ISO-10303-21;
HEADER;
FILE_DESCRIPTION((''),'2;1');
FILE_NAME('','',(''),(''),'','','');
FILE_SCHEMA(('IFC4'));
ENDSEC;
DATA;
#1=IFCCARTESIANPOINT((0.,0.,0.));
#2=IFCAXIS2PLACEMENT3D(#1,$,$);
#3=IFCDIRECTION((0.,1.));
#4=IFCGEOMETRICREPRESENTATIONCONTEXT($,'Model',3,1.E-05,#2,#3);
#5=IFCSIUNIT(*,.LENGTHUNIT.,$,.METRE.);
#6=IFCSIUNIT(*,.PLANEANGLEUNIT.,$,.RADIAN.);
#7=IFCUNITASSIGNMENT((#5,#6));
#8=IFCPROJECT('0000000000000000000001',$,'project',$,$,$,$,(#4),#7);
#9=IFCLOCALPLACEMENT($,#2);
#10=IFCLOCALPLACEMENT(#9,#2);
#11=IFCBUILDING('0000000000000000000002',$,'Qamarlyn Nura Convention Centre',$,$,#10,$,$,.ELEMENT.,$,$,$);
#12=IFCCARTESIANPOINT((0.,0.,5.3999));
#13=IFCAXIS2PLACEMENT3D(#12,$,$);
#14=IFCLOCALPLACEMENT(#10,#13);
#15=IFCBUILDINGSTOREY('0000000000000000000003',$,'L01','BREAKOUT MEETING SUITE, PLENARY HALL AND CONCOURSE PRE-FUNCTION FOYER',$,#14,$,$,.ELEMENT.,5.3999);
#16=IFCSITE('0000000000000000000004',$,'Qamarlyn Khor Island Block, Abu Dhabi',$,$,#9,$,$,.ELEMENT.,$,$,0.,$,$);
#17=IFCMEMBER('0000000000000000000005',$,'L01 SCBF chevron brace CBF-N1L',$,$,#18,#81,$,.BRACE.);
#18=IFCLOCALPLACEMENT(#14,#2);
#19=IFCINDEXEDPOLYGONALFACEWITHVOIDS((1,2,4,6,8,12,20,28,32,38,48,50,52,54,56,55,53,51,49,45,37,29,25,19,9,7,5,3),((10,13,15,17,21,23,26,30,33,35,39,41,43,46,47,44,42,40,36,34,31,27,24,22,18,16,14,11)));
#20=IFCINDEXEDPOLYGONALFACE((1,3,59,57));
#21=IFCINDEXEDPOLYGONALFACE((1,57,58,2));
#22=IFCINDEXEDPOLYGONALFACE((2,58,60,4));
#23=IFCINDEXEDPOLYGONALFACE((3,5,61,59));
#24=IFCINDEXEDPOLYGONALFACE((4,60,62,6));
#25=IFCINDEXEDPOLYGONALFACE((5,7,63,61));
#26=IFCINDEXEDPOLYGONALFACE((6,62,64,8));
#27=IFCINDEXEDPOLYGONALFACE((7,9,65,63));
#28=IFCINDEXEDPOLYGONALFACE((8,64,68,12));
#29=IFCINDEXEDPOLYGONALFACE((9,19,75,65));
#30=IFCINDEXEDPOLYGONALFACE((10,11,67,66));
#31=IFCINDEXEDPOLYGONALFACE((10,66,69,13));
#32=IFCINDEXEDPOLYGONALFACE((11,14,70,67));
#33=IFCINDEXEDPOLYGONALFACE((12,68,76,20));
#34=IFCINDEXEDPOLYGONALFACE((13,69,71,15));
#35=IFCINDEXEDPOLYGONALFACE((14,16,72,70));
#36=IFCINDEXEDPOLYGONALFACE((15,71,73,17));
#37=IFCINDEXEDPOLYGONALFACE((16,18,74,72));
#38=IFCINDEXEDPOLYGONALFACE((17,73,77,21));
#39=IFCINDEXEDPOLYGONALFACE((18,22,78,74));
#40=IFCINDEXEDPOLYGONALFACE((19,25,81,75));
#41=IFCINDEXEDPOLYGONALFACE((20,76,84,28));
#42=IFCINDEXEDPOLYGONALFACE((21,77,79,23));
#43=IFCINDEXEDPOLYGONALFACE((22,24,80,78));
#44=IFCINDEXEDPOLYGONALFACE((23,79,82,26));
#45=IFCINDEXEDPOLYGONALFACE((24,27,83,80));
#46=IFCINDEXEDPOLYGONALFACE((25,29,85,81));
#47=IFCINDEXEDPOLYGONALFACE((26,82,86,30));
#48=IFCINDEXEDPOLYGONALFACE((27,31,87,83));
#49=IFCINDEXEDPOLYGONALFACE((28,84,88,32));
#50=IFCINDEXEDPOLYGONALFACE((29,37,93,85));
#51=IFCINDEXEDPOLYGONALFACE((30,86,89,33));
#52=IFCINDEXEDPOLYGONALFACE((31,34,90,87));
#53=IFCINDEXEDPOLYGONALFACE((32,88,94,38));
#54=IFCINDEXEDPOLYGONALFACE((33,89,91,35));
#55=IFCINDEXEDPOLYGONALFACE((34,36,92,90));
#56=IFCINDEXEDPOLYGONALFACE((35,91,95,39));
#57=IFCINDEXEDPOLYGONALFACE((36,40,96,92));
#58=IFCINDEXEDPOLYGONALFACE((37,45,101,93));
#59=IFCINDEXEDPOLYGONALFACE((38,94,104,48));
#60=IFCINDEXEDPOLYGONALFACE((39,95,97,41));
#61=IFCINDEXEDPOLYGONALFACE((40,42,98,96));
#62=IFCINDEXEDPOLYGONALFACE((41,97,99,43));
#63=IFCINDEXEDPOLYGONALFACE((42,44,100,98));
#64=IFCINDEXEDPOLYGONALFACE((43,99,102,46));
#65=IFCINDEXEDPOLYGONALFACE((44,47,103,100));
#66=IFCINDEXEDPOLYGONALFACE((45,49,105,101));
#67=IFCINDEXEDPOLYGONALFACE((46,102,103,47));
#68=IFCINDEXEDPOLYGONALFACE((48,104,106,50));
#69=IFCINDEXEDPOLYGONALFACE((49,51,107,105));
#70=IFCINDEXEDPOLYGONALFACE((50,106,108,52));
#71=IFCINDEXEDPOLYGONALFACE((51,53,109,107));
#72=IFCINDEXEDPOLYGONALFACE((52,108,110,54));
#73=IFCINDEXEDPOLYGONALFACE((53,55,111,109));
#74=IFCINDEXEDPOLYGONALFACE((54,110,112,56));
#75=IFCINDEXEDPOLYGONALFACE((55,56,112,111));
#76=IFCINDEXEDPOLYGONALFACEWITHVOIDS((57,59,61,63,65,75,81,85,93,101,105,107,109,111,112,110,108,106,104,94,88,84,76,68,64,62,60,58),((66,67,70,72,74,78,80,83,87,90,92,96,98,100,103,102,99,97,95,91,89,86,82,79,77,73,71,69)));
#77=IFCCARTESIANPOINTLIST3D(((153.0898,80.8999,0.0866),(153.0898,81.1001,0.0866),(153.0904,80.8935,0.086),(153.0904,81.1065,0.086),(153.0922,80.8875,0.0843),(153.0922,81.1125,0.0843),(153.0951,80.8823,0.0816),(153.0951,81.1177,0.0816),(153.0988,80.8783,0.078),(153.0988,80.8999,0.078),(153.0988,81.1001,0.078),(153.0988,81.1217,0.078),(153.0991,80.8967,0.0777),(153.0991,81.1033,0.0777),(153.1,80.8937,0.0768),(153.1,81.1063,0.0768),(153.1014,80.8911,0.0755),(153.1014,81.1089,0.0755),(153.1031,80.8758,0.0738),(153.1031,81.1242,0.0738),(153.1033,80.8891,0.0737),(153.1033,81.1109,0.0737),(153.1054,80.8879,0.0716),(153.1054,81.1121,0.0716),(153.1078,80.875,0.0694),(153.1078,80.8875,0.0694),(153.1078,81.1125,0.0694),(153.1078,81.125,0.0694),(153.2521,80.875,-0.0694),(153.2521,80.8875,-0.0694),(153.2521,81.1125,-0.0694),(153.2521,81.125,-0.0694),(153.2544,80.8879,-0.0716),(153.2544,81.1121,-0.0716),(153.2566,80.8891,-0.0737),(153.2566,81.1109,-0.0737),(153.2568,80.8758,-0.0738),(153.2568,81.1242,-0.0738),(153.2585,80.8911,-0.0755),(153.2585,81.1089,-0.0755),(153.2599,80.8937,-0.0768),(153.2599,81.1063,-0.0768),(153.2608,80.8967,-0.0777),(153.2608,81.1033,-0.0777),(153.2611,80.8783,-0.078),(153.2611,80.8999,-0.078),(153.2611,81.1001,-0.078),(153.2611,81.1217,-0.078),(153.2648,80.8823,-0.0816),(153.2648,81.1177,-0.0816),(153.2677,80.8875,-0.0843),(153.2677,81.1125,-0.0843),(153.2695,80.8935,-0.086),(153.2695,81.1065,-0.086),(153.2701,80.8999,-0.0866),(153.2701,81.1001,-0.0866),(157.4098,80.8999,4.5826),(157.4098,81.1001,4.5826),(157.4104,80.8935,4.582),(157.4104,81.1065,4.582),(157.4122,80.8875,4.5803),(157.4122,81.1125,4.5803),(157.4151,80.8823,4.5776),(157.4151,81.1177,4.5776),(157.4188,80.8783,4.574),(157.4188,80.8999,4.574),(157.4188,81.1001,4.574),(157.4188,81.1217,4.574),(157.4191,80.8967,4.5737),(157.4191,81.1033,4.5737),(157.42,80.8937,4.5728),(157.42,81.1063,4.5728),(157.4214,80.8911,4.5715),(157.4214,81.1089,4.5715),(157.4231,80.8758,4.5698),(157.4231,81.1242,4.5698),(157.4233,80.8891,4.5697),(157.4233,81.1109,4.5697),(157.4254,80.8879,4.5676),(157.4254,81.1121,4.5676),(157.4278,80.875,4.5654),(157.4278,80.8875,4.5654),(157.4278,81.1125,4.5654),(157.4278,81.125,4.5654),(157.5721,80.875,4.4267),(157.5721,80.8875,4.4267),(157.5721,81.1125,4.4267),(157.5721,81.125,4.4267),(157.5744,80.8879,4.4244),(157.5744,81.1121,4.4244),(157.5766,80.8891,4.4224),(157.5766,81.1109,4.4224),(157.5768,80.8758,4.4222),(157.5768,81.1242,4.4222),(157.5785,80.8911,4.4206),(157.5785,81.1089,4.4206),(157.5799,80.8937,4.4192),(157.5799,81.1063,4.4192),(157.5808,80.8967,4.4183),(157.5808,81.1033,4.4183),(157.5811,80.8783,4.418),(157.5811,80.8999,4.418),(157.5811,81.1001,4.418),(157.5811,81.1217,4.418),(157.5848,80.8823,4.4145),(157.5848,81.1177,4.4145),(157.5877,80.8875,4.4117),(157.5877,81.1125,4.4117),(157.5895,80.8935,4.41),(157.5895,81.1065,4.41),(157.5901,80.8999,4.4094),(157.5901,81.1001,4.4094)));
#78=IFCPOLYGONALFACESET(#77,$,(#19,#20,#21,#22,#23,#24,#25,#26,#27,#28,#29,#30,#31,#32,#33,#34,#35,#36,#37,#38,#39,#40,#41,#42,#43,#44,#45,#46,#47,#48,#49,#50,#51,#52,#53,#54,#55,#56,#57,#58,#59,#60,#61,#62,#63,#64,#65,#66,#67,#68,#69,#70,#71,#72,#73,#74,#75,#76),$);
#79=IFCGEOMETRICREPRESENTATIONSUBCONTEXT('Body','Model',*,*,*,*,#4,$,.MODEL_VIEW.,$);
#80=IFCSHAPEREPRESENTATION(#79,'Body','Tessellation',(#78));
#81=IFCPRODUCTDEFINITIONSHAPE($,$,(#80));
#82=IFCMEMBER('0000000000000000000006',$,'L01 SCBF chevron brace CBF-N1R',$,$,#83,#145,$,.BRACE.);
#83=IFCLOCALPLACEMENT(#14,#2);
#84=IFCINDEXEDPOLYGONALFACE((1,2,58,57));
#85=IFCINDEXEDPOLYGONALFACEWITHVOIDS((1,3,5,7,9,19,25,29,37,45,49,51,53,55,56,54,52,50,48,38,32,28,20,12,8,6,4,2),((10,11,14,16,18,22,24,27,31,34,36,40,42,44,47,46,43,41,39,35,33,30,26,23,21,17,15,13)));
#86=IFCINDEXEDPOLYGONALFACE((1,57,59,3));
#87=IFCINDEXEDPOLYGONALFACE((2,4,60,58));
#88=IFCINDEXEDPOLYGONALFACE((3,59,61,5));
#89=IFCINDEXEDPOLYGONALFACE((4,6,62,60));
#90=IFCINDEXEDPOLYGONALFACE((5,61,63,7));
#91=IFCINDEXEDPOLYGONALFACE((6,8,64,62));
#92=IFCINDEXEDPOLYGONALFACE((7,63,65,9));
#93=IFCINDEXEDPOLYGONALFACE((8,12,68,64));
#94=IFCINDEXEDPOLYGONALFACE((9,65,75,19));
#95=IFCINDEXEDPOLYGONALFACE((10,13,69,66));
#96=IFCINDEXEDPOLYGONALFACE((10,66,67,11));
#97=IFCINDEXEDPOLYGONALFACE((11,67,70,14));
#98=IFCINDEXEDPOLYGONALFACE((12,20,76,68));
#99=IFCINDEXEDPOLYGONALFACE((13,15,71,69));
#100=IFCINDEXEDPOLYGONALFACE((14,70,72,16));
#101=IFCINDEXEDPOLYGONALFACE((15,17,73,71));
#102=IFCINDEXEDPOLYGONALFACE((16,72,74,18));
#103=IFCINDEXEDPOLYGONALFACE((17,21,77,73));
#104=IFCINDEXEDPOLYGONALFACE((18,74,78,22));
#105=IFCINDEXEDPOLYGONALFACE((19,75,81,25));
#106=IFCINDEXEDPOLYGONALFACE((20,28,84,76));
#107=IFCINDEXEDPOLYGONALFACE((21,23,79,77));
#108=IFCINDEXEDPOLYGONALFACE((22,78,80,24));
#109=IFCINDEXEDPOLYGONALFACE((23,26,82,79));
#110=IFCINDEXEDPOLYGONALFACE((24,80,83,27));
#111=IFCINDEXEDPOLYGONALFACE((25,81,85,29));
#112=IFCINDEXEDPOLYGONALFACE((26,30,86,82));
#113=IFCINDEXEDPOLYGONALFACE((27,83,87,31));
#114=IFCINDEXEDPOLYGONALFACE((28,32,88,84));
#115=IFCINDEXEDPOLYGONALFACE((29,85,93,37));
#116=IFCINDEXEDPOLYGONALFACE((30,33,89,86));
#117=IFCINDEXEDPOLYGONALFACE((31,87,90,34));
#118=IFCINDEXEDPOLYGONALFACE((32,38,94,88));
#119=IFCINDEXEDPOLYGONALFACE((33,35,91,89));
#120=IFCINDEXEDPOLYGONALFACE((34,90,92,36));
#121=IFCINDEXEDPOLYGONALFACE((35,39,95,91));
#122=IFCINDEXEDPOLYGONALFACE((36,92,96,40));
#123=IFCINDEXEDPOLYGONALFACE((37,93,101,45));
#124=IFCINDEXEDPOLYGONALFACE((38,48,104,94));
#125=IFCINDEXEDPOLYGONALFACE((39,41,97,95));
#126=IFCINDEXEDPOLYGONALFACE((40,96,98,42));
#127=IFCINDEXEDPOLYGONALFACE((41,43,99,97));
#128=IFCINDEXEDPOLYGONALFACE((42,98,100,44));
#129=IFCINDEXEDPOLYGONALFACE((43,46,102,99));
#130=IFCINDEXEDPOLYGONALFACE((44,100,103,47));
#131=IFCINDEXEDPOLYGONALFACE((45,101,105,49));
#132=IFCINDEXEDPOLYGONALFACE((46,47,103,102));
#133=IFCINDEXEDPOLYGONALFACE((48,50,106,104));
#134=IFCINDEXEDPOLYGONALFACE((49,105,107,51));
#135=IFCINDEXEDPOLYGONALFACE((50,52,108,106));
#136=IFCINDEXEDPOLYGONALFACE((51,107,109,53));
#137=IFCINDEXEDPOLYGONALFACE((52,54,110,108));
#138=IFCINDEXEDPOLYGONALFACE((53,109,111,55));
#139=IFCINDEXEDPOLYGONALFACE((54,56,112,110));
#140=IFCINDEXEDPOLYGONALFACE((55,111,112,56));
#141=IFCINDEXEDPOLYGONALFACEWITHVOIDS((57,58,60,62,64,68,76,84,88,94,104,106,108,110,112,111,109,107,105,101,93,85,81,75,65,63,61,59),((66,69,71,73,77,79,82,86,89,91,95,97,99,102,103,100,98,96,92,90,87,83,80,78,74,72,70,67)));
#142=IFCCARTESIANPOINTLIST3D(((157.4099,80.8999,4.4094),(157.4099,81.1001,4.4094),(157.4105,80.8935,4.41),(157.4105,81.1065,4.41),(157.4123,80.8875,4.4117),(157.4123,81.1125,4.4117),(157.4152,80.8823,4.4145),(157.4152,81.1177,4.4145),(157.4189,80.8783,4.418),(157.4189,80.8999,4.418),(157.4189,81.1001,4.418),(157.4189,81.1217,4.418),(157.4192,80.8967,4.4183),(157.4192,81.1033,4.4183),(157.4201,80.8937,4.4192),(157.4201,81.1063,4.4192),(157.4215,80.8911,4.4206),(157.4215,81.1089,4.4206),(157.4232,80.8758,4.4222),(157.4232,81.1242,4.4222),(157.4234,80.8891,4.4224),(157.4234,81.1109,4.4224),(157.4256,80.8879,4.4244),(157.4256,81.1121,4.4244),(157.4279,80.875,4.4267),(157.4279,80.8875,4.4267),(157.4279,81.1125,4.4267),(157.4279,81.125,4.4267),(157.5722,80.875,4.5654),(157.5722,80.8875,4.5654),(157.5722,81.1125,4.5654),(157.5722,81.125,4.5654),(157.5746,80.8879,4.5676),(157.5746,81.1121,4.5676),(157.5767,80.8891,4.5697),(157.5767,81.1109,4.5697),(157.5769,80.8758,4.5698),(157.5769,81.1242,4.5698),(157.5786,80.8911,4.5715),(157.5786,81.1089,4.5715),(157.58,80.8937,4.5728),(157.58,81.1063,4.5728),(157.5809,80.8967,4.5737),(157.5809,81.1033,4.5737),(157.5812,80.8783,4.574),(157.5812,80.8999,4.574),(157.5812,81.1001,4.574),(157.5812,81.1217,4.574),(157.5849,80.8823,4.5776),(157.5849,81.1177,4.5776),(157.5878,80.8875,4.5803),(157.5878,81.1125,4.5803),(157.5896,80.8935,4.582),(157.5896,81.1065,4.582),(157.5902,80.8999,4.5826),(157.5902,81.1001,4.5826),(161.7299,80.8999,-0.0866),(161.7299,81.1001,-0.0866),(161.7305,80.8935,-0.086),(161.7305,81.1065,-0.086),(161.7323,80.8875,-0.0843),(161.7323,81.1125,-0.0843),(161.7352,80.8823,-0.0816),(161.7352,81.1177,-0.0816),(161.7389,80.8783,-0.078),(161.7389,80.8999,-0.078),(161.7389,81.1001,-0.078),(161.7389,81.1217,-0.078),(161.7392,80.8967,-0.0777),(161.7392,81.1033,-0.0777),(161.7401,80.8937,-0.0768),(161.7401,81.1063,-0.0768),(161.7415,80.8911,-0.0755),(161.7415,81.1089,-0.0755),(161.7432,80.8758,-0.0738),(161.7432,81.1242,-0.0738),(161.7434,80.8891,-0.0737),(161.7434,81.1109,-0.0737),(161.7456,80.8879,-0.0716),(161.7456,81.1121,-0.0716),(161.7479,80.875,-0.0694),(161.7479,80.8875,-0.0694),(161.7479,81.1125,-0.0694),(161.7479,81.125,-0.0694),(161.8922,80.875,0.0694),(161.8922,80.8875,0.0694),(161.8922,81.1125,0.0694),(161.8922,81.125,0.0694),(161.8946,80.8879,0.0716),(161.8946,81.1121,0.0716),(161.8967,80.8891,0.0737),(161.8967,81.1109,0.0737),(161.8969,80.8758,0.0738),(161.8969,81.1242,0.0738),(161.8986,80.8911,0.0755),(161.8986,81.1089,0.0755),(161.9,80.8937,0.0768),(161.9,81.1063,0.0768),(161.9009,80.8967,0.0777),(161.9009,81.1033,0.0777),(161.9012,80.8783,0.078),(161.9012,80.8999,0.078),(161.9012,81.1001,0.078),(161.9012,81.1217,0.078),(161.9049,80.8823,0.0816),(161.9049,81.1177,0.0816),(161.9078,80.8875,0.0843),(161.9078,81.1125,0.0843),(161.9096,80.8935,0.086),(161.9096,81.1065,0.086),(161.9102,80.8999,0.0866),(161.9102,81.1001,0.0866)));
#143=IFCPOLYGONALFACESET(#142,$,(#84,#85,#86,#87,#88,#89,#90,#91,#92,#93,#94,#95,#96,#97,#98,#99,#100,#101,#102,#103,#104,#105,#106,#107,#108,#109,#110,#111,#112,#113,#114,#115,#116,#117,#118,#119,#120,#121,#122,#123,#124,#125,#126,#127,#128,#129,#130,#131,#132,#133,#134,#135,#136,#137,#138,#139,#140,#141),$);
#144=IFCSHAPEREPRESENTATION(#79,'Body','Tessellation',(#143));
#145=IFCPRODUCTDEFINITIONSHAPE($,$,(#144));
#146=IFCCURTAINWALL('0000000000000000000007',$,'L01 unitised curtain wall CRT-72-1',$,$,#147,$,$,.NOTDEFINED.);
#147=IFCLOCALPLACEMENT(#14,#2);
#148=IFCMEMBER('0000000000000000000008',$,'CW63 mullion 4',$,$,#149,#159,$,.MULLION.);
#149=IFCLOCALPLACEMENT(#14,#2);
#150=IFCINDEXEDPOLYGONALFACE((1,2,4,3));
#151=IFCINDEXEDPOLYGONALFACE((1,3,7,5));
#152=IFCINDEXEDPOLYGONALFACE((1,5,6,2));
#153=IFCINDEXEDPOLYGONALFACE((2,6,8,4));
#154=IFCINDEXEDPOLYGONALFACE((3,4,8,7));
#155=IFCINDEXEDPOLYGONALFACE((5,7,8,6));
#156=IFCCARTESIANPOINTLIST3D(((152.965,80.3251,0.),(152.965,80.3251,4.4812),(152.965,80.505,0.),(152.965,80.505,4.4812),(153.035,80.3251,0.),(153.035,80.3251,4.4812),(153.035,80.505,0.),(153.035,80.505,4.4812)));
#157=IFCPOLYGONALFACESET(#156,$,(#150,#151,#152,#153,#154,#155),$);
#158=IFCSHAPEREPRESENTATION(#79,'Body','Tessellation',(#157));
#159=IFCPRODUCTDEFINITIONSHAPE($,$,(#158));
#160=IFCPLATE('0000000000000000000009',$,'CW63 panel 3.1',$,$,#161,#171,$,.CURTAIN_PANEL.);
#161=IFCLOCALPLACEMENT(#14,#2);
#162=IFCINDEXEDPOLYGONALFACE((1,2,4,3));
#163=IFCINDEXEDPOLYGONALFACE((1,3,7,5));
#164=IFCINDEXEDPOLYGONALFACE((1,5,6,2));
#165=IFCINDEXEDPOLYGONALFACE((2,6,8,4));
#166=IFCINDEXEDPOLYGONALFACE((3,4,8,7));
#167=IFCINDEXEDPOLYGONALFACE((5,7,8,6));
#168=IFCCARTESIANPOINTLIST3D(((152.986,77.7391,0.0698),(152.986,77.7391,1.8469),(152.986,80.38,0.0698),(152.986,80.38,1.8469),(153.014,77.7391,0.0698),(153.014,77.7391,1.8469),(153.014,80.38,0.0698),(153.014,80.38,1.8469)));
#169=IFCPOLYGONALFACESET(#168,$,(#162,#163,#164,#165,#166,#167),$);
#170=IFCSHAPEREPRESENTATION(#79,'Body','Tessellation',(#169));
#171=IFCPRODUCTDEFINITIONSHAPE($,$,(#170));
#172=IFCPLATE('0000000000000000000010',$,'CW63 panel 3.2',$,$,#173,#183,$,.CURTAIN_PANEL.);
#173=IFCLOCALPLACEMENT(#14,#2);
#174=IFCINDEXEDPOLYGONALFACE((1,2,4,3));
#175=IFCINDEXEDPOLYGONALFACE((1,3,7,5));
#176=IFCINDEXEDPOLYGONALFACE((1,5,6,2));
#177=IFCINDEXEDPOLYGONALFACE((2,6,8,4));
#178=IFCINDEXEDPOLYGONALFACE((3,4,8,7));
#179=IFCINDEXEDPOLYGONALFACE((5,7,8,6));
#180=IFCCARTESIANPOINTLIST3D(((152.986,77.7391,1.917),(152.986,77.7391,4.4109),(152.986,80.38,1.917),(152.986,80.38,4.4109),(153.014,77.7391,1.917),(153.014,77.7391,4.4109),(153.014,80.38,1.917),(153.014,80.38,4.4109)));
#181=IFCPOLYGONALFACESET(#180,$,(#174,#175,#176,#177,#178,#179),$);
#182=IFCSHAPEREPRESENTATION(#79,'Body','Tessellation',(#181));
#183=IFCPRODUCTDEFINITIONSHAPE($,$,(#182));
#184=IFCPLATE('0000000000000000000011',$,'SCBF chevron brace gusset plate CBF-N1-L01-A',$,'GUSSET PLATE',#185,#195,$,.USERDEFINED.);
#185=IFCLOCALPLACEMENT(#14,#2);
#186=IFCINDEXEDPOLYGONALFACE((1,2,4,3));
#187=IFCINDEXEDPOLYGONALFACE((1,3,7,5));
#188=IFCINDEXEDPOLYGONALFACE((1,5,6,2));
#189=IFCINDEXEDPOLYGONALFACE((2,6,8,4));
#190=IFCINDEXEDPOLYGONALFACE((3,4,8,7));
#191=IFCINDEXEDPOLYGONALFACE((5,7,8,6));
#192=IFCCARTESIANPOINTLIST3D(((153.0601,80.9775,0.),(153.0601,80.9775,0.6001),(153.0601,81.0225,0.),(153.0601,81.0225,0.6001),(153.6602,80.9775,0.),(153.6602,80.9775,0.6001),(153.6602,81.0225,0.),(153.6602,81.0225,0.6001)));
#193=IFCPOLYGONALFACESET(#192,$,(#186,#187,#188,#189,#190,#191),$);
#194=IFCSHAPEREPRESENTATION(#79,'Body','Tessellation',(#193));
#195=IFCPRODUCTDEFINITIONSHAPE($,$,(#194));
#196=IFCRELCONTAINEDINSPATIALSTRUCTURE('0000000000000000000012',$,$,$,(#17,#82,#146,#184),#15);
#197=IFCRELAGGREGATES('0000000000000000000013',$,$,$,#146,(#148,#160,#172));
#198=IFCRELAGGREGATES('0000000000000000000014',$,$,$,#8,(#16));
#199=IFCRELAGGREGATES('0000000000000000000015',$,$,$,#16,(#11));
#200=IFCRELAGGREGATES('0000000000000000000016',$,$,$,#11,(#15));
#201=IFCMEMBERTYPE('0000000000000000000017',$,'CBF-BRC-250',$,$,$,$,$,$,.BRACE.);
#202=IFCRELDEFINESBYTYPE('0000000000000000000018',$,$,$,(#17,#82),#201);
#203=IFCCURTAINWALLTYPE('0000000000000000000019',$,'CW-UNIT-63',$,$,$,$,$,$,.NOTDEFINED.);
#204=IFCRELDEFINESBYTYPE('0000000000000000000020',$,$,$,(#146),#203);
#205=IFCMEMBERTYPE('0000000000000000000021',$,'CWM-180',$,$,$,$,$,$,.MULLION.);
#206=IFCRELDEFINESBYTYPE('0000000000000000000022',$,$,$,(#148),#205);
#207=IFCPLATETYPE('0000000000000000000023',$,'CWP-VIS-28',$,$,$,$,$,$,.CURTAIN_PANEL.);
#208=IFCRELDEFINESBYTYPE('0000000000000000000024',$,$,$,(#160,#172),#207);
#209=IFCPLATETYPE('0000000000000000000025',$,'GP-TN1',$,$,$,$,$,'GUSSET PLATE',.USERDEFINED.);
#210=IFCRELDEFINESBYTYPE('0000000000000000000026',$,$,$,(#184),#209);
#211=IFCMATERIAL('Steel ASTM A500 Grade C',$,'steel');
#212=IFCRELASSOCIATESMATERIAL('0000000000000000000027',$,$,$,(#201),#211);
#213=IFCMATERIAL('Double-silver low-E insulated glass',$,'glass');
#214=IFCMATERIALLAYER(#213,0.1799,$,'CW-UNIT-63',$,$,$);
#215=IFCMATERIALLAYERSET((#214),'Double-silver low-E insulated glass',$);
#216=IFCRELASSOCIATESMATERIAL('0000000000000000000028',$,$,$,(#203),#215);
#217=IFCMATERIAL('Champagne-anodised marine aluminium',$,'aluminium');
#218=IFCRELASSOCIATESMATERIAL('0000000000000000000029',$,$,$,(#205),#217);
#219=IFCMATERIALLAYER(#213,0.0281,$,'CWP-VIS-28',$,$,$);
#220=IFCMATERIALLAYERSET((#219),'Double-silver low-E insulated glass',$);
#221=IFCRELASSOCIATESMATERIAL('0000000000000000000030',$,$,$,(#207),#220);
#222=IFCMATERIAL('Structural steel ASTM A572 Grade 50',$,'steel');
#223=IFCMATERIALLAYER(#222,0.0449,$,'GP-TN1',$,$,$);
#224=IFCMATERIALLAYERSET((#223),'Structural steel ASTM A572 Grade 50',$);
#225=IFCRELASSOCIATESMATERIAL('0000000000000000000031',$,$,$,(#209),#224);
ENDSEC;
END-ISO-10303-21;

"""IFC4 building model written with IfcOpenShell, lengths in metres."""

from ifc_helpers import new_model, si_unit, direction, frame, origin, origin_2d, place, context, subcontext, project, spatial, rectangle, hollow_rectangle, extrude, material, layer, layer_set, material_profile, profile_set, type_object, element, aggregate, save


model = new_model("IFC4")

# Units and contexts
model_context = context("Model", 3, precision=1e-05, world=origin(), true_north=direction((0.0, 1.0)))
body_context = subcontext(model_context, "Body", "Model", "MODEL_VIEW")
ifc_project = project(units=[si_unit("LENGTHUNIT", "METRE"), si_unit("PLANEANGLEUNIT", "RADIAN")], contexts=[model_context])

# Site, building, storey
site_placement = place(None, origin())
site = spatial("IfcSite", under=ifc_project, at=site_placement, Name="Qamarlyn Khor Island Block, Abu Dhabi", CompositionType="ELEMENT", RefElevation=0.0)
building_placement = place(site_placement, origin())
building = spatial("IfcBuilding", under=site, at=building_placement, Name="Qamarlyn Nura Convention Centre", CompositionType="ELEMENT")
storey_placement = place(building_placement, frame((0.0, 0.0, 5.3999)))
storey = spatial("IfcBuildingStorey", under=building, at=storey_placement, Name="L01", Description="BREAKOUT MEETING SUITE, PLENARY HALL AND CONCOURSE PRE-FUNCTION FOYER", CompositionType="ELEMENT", Elevation=5.3999)

# Members
ifc_material_1 = material(Name="Steel ASTM A500 Grade C", Category="steel")
ifc_material_profile_1 = material_profile(ifc_material_1, hollow_rectangle(XDim=0.25, YDim=0.25, WallThickness=0.0125, InnerFilletRadius=0.0125, OuterFilletRadius=0.0249, at=origin_2d()), Name="HSS250X250X12.5")
ifc_profile_set_1 = profile_set([ifc_material_profile_1], Name="Steel ASTM A500 Grade C")
member_type_1 = type_object("IfcMemberType", Name="CBF-BRC-250", PredefinedType="BRACE", material=ifc_profile_set_1)
for number, where, z_axis, x_axis, name in (
    (1, (153.1799, 81.0, 0.0), (0.69285, 0.0, 0.721081), (0.0, 1.0, 0.0), "L01 SCBF chevron brace CBF-N1L"),
    (2, (161.8201, 81.0, 0.0), (-0.69285, 0.0, 0.721081), (0.0, -1.0, 0.0), "L01 SCBF chevron brace CBF-N1R"),
):
    element("IfcMember", number, at=place(storey_placement, frame(where, z_axis=z_axis, x_axis=x_axis)), inside=storey, type_object=member_type_1, Name=name, PredefinedType="BRACE", context=body_context, shape_type="SweptSolid", body=[
        extrude(hollow_rectangle(XDim=0.25, YDim=0.25, WallThickness=0.0125, InnerFilletRadius=0.0125, OuterFilletRadius=0.0249, at=origin_2d()), origin(), (0.0, 0.0, 1.0), 6.2351),
    ])

# Curtain wall, member, plates
ifc_material_2 = material(Name="Double-silver low-E insulated glass", Category="glass")
ifc_layer_1 = layer(ifc_material_2, 0.1799, Name="CW-UNIT-63")
ifc_layer_set_1 = layer_set([ifc_layer_1], Name="Double-silver low-E insulated glass")
curtain_wall_type = type_object("IfcCurtainWallType", Name="CW-UNIT-63", PredefinedType="NOTDEFINED", material=ifc_layer_set_1)
curtain_wall_placement = place(storey_placement, origin())
curtain_wall = element("IfcCurtainWall", 3, at=curtain_wall_placement, inside=storey, type_object=curtain_wall_type, Name="L01 unitised curtain wall CRT-72-1", PredefinedType="NOTDEFINED")
ifc_material_3 = material(Name="Champagne-anodised marine aluminium", Category="aluminium")
ifc_material_profile_2 = material_profile(ifc_material_3, rectangle(XDim=0.0701, YDim=0.1799, at=origin_2d()), Name="ALU MULLION 70x180")
ifc_profile_set_2 = profile_set([ifc_material_profile_2], Name="Champagne-anodised marine aluminium")
member_type_2 = type_object("IfcMemberType", Name="CWM-180", PredefinedType="MULLION", material=ifc_profile_set_2)
member_placement = place(storey_placement, frame((153.0, 80.415, 0.0), z_axis=(0.0, 0.0, 1.0), x_axis=(-1.0, 0.0, 0.0)))
member = element("IfcMember", 4, at=member_placement, type_object=member_type_2, Name="CW63 mullion 4", PredefinedType="MULLION", context=body_context, shape_type="SweptSolid", body=[
    extrude(rectangle(XDim=0.0701, YDim=0.1799, at=origin_2d()), origin(), (0.0, 0.0, 1.0), 4.4812),
])
ifc_layer_2 = layer(ifc_material_2, 0.0281, Name="CWP-VIS-28")
ifc_layer_set_2 = layer_set([ifc_layer_2], Name="Double-silver low-E insulated glass")
plate_type_1 = type_object("IfcPlateType", Name="CWP-VIS-28", PredefinedType="CURTAIN_PANEL", material=ifc_layer_set_2)
plate_1_placement = place(storey_placement, frame((153.0, 79.0596, 0.0698), z_axis=(0.0, 0.0, 1.0), x_axis=(0.0, 1.0, 0.0)))
plate_1 = element("IfcPlate", 5, at=plate_1_placement, type_object=plate_type_1, Name="CW63 panel 3.1", PredefinedType="CURTAIN_PANEL", context=body_context, shape_type="SweptSolid", body=[
    extrude(rectangle(XDim=2.6409, YDim=0.0281, at=origin_2d()), origin(), (0.0, 0.0, 1.0), 1.7771),
])
plate_2_placement = place(storey_placement, frame((153.0, 79.0596, 1.917), z_axis=(0.0, 0.0, 1.0), x_axis=(0.0, 1.0, 0.0)))
plate_2 = element("IfcPlate", 6, at=plate_2_placement, type_object=plate_type_1, Name="CW63 panel 3.2", PredefinedType="CURTAIN_PANEL", context=body_context, shape_type="SweptSolid", body=[
    extrude(rectangle(XDim=2.6409, YDim=0.0281, at=origin_2d()), origin(), (0.0, 0.0, 1.0), 2.4939),
])
aggregate(curtain_wall, [member, plate_1, plate_2])

# Plate
ifc_material_4 = material(Name="Structural steel ASTM A572 Grade 50", Category="steel")
ifc_layer_3 = layer(ifc_material_4, 0.0449, Name="GP-TN1")
ifc_layer_set_3 = layer_set([ifc_layer_3], Name="Structural steel ASTM A572 Grade 50")
plate_type_2 = type_object("IfcPlateType", Name="GP-TN1", ElementType="GUSSET PLATE", PredefinedType="USERDEFINED", material=ifc_layer_set_3)
for number, where, z_axis, x_axis, name in (
    (7, (153.3601, 81.0, 0.0), (0.0, 0.0, 1.0), (1.0, 0.0, 0.0), "SCBF chevron brace gusset plate CBF-N1-L01-A"),
):
    element("IfcPlate", number, at=place(storey_placement, frame(where, z_axis=z_axis, x_axis=x_axis)), inside=storey, type_object=plate_type_2, Name=name, ObjectType="GUSSET PLATE", PredefinedType="USERDEFINED", context=body_context, shape_type="SweptSolid", body=[
        extrude(rectangle(XDim=0.6001, YDim=0.0449, at=origin_2d()), origin(), (0.0, 0.0, 1.0), 0.6001),
    ])

save(model, "model.ifc")
